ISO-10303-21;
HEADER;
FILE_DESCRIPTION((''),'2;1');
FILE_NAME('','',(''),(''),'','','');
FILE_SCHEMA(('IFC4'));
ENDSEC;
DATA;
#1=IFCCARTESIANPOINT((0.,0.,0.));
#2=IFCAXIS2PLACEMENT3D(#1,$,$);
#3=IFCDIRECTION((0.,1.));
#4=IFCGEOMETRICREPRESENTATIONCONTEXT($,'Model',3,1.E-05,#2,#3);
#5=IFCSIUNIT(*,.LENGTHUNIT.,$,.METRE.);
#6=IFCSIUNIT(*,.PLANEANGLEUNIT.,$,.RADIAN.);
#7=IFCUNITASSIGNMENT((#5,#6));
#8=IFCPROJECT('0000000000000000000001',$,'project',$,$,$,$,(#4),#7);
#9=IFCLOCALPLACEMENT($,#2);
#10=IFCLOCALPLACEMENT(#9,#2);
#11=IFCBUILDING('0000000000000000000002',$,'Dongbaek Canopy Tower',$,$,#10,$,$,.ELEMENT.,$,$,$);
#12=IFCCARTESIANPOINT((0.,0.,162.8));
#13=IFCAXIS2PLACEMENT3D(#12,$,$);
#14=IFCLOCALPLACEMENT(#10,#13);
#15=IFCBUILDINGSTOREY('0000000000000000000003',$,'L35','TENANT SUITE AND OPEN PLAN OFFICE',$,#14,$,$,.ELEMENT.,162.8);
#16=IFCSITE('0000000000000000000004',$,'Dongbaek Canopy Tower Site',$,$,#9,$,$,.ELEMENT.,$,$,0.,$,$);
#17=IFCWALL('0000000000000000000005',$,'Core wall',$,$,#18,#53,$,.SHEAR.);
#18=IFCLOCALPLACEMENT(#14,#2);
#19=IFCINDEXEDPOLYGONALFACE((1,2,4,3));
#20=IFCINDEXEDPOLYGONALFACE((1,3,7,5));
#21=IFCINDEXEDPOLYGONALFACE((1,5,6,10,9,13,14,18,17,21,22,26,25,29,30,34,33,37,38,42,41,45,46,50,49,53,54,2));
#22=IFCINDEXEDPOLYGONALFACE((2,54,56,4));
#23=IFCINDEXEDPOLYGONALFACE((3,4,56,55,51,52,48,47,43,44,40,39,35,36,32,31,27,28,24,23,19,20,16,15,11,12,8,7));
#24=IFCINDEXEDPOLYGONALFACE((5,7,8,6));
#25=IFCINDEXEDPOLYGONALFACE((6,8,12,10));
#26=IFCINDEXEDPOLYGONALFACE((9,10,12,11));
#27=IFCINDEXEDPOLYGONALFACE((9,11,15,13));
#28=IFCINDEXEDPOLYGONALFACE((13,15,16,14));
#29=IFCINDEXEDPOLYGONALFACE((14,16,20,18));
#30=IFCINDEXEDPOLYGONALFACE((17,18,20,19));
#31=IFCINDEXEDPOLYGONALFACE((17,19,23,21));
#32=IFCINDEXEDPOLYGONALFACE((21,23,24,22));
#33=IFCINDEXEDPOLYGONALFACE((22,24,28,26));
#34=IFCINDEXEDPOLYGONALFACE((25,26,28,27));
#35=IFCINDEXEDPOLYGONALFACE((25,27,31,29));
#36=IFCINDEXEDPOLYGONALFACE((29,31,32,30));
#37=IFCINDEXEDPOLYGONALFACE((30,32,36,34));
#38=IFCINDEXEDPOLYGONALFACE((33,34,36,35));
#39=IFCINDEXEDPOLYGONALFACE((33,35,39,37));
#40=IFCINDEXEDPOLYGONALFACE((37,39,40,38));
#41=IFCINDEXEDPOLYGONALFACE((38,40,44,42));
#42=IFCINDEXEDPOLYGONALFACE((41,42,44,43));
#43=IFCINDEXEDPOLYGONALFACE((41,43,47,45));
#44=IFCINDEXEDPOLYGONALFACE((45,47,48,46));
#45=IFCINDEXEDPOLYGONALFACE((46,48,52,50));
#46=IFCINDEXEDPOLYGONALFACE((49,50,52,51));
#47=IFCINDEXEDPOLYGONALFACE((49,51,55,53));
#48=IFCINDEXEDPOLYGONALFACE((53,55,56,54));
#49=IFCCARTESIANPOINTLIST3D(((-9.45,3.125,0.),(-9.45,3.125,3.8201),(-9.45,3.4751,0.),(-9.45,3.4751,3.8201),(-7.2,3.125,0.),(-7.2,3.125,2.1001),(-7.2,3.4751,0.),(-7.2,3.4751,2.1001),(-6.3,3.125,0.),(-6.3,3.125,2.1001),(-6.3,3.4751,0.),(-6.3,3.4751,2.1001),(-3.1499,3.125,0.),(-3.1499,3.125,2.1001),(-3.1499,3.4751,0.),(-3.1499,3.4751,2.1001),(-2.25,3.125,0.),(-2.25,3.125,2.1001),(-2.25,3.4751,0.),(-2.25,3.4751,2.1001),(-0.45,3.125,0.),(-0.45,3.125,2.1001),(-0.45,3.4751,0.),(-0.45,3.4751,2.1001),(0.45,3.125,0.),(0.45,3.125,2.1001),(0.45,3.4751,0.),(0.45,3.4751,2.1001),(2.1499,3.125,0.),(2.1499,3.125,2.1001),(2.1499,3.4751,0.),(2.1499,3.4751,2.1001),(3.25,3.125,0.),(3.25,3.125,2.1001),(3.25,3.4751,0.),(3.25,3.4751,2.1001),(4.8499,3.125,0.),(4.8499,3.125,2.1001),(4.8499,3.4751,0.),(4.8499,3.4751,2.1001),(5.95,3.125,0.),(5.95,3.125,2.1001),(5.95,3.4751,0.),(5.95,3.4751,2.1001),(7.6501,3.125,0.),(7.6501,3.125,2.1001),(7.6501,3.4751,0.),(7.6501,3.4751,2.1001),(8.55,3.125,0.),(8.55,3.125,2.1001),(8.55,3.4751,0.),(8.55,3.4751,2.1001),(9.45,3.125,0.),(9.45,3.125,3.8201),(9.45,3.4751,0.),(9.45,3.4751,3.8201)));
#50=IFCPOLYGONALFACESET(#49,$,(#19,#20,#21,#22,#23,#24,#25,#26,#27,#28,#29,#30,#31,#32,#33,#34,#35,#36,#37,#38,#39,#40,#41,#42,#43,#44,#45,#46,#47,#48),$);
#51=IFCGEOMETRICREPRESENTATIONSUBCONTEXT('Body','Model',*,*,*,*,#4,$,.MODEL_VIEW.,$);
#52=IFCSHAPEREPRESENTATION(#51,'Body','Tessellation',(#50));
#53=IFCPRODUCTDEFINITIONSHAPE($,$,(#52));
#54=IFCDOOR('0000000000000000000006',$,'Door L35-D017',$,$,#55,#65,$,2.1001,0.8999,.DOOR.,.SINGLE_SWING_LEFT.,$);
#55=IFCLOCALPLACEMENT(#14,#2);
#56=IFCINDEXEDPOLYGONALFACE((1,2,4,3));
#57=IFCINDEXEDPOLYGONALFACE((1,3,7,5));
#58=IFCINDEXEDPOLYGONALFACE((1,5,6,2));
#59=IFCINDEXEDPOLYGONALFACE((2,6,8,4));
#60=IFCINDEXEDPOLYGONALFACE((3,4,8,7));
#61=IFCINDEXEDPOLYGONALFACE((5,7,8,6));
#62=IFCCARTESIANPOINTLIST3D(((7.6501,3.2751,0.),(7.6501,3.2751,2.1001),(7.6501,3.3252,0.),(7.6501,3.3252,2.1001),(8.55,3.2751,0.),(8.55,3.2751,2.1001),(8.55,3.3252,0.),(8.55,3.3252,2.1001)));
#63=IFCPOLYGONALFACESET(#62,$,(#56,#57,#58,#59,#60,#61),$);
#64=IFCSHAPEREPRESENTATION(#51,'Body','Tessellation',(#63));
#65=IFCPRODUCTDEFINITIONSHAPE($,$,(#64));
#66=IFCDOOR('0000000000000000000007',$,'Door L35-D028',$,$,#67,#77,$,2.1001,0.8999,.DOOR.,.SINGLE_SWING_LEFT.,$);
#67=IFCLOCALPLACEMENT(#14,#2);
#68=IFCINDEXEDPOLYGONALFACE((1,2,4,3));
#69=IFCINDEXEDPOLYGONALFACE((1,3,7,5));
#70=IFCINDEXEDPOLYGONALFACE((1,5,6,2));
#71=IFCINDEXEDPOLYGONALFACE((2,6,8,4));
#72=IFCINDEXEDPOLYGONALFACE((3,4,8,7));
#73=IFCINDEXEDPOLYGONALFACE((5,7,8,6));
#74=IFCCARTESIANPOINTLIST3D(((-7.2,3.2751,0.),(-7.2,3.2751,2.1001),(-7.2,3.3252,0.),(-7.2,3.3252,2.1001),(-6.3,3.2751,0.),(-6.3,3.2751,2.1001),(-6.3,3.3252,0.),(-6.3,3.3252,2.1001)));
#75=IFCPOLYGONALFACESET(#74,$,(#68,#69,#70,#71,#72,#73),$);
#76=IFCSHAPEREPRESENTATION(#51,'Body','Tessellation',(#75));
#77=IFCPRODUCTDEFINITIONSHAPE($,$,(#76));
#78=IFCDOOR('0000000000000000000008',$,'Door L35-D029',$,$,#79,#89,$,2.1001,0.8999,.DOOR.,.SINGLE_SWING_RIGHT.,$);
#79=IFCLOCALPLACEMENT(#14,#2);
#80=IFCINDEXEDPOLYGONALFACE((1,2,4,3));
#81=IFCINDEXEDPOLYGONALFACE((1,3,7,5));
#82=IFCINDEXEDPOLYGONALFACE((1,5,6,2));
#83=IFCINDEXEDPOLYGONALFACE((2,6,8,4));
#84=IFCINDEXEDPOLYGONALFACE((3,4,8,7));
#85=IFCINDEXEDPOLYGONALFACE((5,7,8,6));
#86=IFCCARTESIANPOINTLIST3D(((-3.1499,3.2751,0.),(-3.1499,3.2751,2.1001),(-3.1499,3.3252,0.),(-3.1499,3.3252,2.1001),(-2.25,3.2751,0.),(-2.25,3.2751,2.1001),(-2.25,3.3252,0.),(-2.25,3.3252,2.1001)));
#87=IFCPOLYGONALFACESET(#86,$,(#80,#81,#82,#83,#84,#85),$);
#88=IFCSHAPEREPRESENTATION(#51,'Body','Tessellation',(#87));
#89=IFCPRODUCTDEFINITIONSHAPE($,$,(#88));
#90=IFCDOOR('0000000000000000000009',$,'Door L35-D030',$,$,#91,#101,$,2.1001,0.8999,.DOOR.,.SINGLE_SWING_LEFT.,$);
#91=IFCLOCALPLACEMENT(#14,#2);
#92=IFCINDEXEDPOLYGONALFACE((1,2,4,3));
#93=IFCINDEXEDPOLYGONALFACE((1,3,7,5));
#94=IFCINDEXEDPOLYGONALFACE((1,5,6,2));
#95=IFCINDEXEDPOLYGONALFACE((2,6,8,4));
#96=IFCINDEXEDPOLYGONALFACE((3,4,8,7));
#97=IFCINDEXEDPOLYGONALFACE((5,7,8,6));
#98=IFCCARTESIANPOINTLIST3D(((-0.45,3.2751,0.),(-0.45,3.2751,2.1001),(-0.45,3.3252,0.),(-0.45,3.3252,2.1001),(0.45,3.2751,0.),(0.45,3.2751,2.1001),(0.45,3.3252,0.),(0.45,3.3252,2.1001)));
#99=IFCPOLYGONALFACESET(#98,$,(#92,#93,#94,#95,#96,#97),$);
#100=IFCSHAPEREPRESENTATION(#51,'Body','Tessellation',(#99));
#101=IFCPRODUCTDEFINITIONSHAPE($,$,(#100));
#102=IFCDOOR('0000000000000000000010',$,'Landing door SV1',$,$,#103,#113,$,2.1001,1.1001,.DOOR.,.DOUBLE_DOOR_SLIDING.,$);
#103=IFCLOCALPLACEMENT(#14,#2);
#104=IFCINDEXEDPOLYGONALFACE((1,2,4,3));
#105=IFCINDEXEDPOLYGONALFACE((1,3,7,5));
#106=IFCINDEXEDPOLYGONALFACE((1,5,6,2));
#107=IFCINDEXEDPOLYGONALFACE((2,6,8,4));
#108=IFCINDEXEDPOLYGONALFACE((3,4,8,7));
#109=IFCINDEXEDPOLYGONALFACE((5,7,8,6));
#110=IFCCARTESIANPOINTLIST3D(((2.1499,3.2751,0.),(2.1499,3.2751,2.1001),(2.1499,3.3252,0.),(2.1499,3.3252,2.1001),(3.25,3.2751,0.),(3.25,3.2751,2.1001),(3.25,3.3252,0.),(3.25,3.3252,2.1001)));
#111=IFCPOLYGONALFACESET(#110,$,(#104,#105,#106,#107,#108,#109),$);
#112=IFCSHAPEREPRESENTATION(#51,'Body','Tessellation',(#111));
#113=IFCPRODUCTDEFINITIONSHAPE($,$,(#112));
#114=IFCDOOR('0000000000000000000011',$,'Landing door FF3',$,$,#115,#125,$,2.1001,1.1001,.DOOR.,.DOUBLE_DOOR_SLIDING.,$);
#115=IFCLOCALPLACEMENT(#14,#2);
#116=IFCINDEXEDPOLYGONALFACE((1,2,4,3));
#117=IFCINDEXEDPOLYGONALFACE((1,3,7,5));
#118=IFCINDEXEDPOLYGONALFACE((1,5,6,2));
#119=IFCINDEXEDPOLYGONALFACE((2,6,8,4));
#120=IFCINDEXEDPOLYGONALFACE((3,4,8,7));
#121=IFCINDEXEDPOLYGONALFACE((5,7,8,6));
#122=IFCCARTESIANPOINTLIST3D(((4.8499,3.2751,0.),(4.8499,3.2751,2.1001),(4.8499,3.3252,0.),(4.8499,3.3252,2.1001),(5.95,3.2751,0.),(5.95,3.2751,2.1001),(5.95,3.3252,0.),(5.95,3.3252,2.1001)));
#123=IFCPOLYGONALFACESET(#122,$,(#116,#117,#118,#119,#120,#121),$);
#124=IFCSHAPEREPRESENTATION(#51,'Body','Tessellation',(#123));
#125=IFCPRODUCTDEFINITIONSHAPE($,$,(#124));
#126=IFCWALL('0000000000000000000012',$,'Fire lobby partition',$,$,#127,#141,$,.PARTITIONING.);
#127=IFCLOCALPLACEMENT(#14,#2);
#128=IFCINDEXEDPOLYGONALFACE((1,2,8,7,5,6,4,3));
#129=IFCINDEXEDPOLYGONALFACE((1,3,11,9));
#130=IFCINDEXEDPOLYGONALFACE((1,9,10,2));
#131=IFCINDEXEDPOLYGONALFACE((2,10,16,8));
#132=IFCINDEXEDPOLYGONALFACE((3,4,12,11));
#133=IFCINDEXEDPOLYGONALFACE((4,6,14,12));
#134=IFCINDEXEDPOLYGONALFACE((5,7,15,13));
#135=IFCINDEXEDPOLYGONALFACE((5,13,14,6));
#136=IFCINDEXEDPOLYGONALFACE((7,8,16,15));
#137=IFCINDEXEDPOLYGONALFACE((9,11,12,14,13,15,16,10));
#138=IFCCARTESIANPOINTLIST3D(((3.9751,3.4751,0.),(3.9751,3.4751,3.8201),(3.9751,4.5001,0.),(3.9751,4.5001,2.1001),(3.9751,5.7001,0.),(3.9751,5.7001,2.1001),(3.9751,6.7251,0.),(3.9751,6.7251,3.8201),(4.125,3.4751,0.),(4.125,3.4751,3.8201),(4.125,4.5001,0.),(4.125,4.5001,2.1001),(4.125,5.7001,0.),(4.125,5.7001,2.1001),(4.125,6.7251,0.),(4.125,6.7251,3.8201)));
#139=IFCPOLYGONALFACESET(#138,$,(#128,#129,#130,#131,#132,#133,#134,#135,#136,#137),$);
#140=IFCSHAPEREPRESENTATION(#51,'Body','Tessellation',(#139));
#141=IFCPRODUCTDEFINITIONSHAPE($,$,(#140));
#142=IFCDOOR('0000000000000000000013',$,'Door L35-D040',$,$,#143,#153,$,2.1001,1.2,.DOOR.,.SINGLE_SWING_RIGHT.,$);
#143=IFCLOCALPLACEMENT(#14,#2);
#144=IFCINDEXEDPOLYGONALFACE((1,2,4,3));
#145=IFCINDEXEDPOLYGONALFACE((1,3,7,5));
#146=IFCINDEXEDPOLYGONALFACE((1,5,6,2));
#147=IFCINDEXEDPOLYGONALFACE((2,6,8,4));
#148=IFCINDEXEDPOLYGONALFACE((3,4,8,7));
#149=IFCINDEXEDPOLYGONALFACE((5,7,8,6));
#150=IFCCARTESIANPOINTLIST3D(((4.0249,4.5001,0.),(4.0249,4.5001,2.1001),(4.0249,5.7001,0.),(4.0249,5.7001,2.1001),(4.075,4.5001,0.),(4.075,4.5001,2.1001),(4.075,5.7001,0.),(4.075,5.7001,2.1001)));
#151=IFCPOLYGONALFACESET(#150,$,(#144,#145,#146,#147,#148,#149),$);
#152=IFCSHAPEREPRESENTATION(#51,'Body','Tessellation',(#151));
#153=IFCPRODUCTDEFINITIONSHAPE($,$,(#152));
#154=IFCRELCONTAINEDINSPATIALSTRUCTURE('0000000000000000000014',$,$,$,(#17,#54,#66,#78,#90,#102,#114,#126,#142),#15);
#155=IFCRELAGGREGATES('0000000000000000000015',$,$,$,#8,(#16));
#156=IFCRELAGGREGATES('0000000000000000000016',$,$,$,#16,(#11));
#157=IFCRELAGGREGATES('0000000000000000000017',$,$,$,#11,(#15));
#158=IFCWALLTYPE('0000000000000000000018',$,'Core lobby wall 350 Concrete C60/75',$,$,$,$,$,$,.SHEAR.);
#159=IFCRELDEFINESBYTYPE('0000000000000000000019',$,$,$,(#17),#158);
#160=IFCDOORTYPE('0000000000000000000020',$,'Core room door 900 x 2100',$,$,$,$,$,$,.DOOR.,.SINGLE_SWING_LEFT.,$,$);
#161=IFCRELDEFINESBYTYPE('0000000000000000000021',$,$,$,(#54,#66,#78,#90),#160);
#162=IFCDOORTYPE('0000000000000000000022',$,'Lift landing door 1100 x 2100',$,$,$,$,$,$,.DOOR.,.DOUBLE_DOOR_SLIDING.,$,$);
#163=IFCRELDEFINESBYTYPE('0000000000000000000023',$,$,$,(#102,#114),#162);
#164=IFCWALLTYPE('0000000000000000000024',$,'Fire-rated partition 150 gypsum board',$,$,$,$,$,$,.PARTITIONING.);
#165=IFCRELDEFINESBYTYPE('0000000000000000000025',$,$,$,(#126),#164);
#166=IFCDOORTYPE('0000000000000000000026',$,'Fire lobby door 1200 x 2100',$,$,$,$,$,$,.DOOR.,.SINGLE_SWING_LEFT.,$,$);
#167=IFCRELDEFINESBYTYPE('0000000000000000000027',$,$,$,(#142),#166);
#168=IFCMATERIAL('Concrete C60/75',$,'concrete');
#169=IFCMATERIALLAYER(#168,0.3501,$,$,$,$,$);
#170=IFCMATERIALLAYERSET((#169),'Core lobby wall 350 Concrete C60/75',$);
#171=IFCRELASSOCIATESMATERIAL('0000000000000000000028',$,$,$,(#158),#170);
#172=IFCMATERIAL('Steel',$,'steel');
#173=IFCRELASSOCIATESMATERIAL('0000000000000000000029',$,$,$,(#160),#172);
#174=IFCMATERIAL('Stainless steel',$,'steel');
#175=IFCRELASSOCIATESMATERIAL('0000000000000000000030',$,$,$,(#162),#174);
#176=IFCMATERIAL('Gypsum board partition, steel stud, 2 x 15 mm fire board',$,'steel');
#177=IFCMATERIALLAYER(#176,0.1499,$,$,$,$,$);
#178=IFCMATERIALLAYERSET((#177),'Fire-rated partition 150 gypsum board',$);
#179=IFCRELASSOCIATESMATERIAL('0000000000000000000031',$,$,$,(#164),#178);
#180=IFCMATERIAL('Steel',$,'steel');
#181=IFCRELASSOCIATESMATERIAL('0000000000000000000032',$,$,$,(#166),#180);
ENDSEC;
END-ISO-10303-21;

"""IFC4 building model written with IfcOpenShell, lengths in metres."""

from ifc_helpers import new_model, si_unit, direction, frame, frame_2d, origin, place, context, subcontext, project, spatial, rectangle, extrude, material, layer, layer_set, type_object, element, fill, save


model = new_model("IFC4")

# Units and contexts
model_context = context("Model", 3, precision=1e-05, world=origin(), true_north=direction((0.0, 1.0)))
body_context = subcontext(model_context, "Body", "Model", "MODEL_VIEW")
ifc_project = project(units=[si_unit("LENGTHUNIT", "METRE"), si_unit("PLANEANGLEUNIT", "RADIAN")], contexts=[model_context])

# Site, building, storey
site_placement = place(None, origin())
site = spatial("IfcSite", under=ifc_project, at=site_placement, Name="Dongbaek Canopy Tower Site", CompositionType="ELEMENT", RefElevation=0.0)
building_placement = place(site_placement, origin())
building = spatial("IfcBuilding", under=site, at=building_placement, Name="Dongbaek Canopy Tower", CompositionType="ELEMENT")
storey_placement = place(building_placement, frame((0.0, 0.0, 162.8)))
storey = spatial("IfcBuildingStorey", under=building, at=storey_placement, Name="L35", Description="TENANT SUITE AND OPEN PLAN OFFICE", CompositionType="ELEMENT", Elevation=162.8)

# Wall, openings, doors
ifc_material_1 = material(Name="Concrete C60/75", Category="concrete")
ifc_layer_1 = layer(ifc_material_1, 0.3501)
ifc_layer_set_1 = layer_set([ifc_layer_1], Name="Core lobby wall 350 Concrete C60/75")
wall_type_1 = type_object("IfcWallType", Name="Core lobby wall 350 Concrete C60/75", PredefinedType="SHEAR", material=ifc_layer_set_1)
wall_1_placement = place(storey_placement, frame((9.45, 3.3, 0.0), z_axis=(0.0, 0.0, 1.0), x_axis=(-1.0, 0.0, 0.0)))
wall_1 = element("IfcWall", 1, at=wall_1_placement, inside=storey, type_object=wall_type_1, Name="Core wall", PredefinedType="SHEAR", context=body_context, shape_type="SweptSolid", body=[
    extrude(rectangle(XDim=18.8999, YDim=0.3501, at=frame_2d((9.45, 0.0))), origin(), (0.0, 0.0, 1.0), 3.8201),
])
opening_1_placement = place(wall_1_placement, frame((6.2, 0.0, 0.0)))
opening_1 = element("IfcOpeningElement", 2, at=opening_1_placement, cuts=wall_1, PredefinedType="OPENING", context=body_context, shape_type="SweptSolid", body=[
    extrude(rectangle(XDim=1.1001, YDim=2.1001, at=frame_2d((0.55, 1.05))), frame((0.0, 0.1851, 0.0), z_axis=(0.0, -1.0, 0.0), x_axis=(1.0, 0.0, 0.0)), (0.0, 0.0, 1.0), 0.3701),
])
opening_2_placement = place(wall_1_placement, frame((3.5, 0.0, 0.0)))
opening_2 = element("IfcOpeningElement", 3, at=opening_2_placement, cuts=wall_1, PredefinedType="OPENING", context=body_context, shape_type="SweptSolid", body=[
    extrude(rectangle(XDim=1.1001, YDim=2.1001, at=frame_2d((0.55, 1.05))), frame((0.0, 0.1851, 0.0), z_axis=(0.0, -1.0, 0.0), x_axis=(1.0, 0.0, 0.0)), (0.0, 0.0, 1.0), 0.3701),
])
opening_3_placement = place(wall_1_placement, frame((0.8999, 0.0, 0.0)))
opening_3 = element("IfcOpeningElement", 4, at=opening_3_placement, cuts=wall_1, PredefinedType="OPENING", context=body_context, shape_type="SweptSolid", body=[
    extrude(rectangle(XDim=0.8999, YDim=2.1001, at=frame_2d((0.45, 1.05))), frame((0.0, 0.1851, 0.0), z_axis=(0.0, -1.0, 0.0), x_axis=(1.0, 0.0, 0.0)), (0.0, 0.0, 1.0), 0.3701),
])
opening_4_placement = place(wall_1_placement, frame((15.75, 0.0, 0.0)))
opening_4 = element("IfcOpeningElement", 5, at=opening_4_placement, cuts=wall_1, PredefinedType="OPENING", context=body_context, shape_type="SweptSolid", body=[
    extrude(rectangle(XDim=0.8999, YDim=2.1001, at=frame_2d((0.45, 1.05))), frame((0.0, 0.1851, 0.0), z_axis=(0.0, -1.0, 0.0), x_axis=(1.0, 0.0, 0.0)), (0.0, 0.0, 1.0), 0.3701),
])
opening_5_placement = place(wall_1_placement, frame((11.7, 0.0, 0.0)))
opening_5 = element("IfcOpeningElement", 6, at=opening_5_placement, cuts=wall_1, PredefinedType="OPENING", context=body_context, shape_type="SweptSolid", body=[
    extrude(rectangle(XDim=0.8999, YDim=2.1001, at=frame_2d((0.45, 1.05))), frame((0.0, 0.1851, 0.0), z_axis=(0.0, -1.0, 0.0), x_axis=(1.0, 0.0, 0.0)), (0.0, 0.0, 1.0), 0.3701),
])
opening_6_placement = place(wall_1_placement, frame((9.0, 0.0, 0.0)))
opening_6 = element("IfcOpeningElement", 7, at=opening_6_placement, cuts=wall_1, PredefinedType="OPENING", context=body_context, shape_type="SweptSolid", body=[
    extrude(rectangle(XDim=0.8999, YDim=2.1001, at=frame_2d((0.45, 1.05))), frame((0.0, 0.1851, 0.0), z_axis=(0.0, -1.0, 0.0), x_axis=(1.0, 0.0, 0.0)), (0.0, 0.0, 1.0), 0.3701),
])
ifc_material_2 = material(Name="Steel", Category="steel")
door_type_1 = type_object("IfcDoorType", Name="Core room door 900 x 2100", OperationType="SINGLE_SWING_LEFT", PredefinedType="DOOR", material=ifc_material_2)
door_1_placement = place(opening_3_placement, origin())
door_1 = element("IfcDoor", 8, at=door_1_placement, inside=storey, type_object=door_type_1, Name="Door L35-D017", OperationType="SINGLE_SWING_LEFT", OverallHeight=2.1001, OverallWidth=0.8999, PredefinedType="DOOR", context=body_context, shape_type="SweptSolid", body=[
    extrude(rectangle(XDim=0.8999, YDim=2.1001, at=frame_2d((0.45, 1.05))), frame((0.0, 0.0249, 0.0), z_axis=(0.0, -1.0, 0.0), x_axis=(1.0, 0.0, 0.0)), (0.0, 0.0, 1.0), 0.05),
])
fill(opening_3, door_1)
door_2_placement = place(opening_4_placement, origin())
door_2 = element("IfcDoor", 9, at=door_2_placement, inside=storey, type_object=door_type_1, Name="Door L35-D028", OperationType="SINGLE_SWING_LEFT", OverallHeight=2.1001, OverallWidth=0.8999, PredefinedType="DOOR", context=body_context, shape_type="SweptSolid", body=[
    extrude(rectangle(XDim=0.8999, YDim=2.1001, at=frame_2d((0.45, 1.05))), frame((0.0, 0.0249, 0.0), z_axis=(0.0, -1.0, 0.0), x_axis=(1.0, 0.0, 0.0)), (0.0, 0.0, 1.0), 0.05),
])
fill(opening_4, door_2)
door_3_placement = place(opening_5_placement, origin())
door_3 = element("IfcDoor", 10, at=door_3_placement, inside=storey, type_object=door_type_1, Name="Door L35-D029", OperationType="SINGLE_SWING_RIGHT", OverallHeight=2.1001, OverallWidth=0.8999, PredefinedType="DOOR", context=body_context, shape_type="SweptSolid", body=[
    extrude(rectangle(XDim=0.8999, YDim=2.1001, at=frame_2d((0.45, 1.05))), frame((0.0, 0.0249, 0.0), z_axis=(0.0, -1.0, 0.0), x_axis=(1.0, 0.0, 0.0)), (0.0, 0.0, 1.0), 0.05),
])
fill(opening_5, door_3)
door_4_placement = place(opening_6_placement, origin())
door_4 = element("IfcDoor", 11, at=door_4_placement, inside=storey, type_object=door_type_1, Name="Door L35-D030", OperationType="SINGLE_SWING_LEFT", OverallHeight=2.1001, OverallWidth=0.8999, PredefinedType="DOOR", context=body_context, shape_type="SweptSolid", body=[
    extrude(rectangle(XDim=0.8999, YDim=2.1001, at=frame_2d((0.45, 1.05))), frame((0.0, 0.0249, 0.0), z_axis=(0.0, -1.0, 0.0), x_axis=(1.0, 0.0, 0.0)), (0.0, 0.0, 1.0), 0.05),
])
fill(opening_6, door_4)
ifc_material_3 = material(Name="Stainless steel", Category="steel")
door_type_2 = type_object("IfcDoorType", Name="Lift landing door 1100 x 2100", OperationType="DOUBLE_DOOR_SLIDING", PredefinedType="DOOR", material=ifc_material_3)
door_5_placement = place(opening_1_placement, origin())
door_5 = element("IfcDoor", 12, at=door_5_placement, inside=storey, type_object=door_type_2, Name="Landing door SV1", OperationType="DOUBLE_DOOR_SLIDING", OverallHeight=2.1001, OverallWidth=1.1001, PredefinedType="DOOR", context=body_context, shape_type="SweptSolid", body=[
    extrude(rectangle(XDim=1.1001, YDim=2.1001, at=frame_2d((0.55, 1.05))), frame((0.0, 0.0249, 0.0), z_axis=(0.0, -1.0, 0.0), x_axis=(1.0, 0.0, 0.0)), (0.0, 0.0, 1.0), 0.05),
])
fill(opening_1, door_5)
door_6_placement = place(opening_2_placement, origin())
door_6 = element("IfcDoor", 13, at=door_6_placement, inside=storey, type_object=door_type_2, Name="Landing door FF3", OperationType="DOUBLE_DOOR_SLIDING", OverallHeight=2.1001, OverallWidth=1.1001, PredefinedType="DOOR", context=body_context, shape_type="SweptSolid", body=[
    extrude(rectangle(XDim=1.1001, YDim=2.1001, at=frame_2d((0.55, 1.05))), frame((0.0, 0.0249, 0.0), z_axis=(0.0, -1.0, 0.0), x_axis=(1.0, 0.0, 0.0)), (0.0, 0.0, 1.0), 0.05),
])
fill(opening_2, door_6)

# Wall, opening, door
ifc_material_4 = material(Name="Gypsum board partition, steel stud, 2 x 15 mm fire board", Category="steel")
ifc_layer_2 = layer(ifc_material_4, 0.1499)
ifc_layer_set_2 = layer_set([ifc_layer_2], Name="Fire-rated partition 150 gypsum board")
wall_type_2 = type_object("IfcWallType", Name="Fire-rated partition 150 gypsum board", PredefinedType="PARTITIONING", material=ifc_layer_set_2)
wall_2_placement = place(storey_placement, frame((4.05, 6.7251, 0.0), z_axis=(0.0, 0.0, 1.0), x_axis=(0.0, -1.0, 0.0)))
wall_2 = element("IfcWall", 14, at=wall_2_placement, inside=storey, type_object=wall_type_2, Name="Fire lobby partition", PredefinedType="PARTITIONING", context=body_context, shape_type="SweptSolid", body=[
    extrude(rectangle(XDim=3.25, YDim=0.1499, at=frame_2d((1.625, 0.0))), origin(), (0.0, 0.0, 1.0), 3.8201),
])
opening_7_placement = place(wall_2_placement, frame((1.0249, 0.0, 0.0)))
opening_7 = element("IfcOpeningElement", 15, at=opening_7_placement, cuts=wall_2, PredefinedType="OPENING", context=body_context, shape_type="SweptSolid", body=[
    extrude(rectangle(XDim=1.2, YDim=2.1001, at=frame_2d((0.6001, 1.05))), frame((0.0, 0.085, 0.0), z_axis=(0.0, -1.0, 0.0), x_axis=(1.0, 0.0, 0.0)), (0.0, 0.0, 1.0), 0.1699),
])
ifc_material_5 = material(Name="Steel", Category="steel")
door_type_3 = type_object("IfcDoorType", Name="Fire lobby door 1200 x 2100", OperationType="SINGLE_SWING_LEFT", PredefinedType="DOOR", material=ifc_material_5)
door_7_placement = place(opening_7_placement, origin())
door_7 = element("IfcDoor", 16, at=door_7_placement, inside=storey, type_object=door_type_3, Name="Door L35-D040", OperationType="SINGLE_SWING_RIGHT", OverallHeight=2.1001, OverallWidth=1.2, PredefinedType="DOOR", context=body_context, shape_type="SweptSolid", body=[
    extrude(rectangle(XDim=1.2, YDim=2.1001, at=frame_2d((0.6001, 1.05))), frame((0.0, 0.0249, 0.0), z_axis=(0.0, -1.0, 0.0), x_axis=(1.0, 0.0, 0.0)), (0.0, 0.0, 1.0), 0.05),
])
fill(opening_7, door_7)

save(model, "model.ifc")
